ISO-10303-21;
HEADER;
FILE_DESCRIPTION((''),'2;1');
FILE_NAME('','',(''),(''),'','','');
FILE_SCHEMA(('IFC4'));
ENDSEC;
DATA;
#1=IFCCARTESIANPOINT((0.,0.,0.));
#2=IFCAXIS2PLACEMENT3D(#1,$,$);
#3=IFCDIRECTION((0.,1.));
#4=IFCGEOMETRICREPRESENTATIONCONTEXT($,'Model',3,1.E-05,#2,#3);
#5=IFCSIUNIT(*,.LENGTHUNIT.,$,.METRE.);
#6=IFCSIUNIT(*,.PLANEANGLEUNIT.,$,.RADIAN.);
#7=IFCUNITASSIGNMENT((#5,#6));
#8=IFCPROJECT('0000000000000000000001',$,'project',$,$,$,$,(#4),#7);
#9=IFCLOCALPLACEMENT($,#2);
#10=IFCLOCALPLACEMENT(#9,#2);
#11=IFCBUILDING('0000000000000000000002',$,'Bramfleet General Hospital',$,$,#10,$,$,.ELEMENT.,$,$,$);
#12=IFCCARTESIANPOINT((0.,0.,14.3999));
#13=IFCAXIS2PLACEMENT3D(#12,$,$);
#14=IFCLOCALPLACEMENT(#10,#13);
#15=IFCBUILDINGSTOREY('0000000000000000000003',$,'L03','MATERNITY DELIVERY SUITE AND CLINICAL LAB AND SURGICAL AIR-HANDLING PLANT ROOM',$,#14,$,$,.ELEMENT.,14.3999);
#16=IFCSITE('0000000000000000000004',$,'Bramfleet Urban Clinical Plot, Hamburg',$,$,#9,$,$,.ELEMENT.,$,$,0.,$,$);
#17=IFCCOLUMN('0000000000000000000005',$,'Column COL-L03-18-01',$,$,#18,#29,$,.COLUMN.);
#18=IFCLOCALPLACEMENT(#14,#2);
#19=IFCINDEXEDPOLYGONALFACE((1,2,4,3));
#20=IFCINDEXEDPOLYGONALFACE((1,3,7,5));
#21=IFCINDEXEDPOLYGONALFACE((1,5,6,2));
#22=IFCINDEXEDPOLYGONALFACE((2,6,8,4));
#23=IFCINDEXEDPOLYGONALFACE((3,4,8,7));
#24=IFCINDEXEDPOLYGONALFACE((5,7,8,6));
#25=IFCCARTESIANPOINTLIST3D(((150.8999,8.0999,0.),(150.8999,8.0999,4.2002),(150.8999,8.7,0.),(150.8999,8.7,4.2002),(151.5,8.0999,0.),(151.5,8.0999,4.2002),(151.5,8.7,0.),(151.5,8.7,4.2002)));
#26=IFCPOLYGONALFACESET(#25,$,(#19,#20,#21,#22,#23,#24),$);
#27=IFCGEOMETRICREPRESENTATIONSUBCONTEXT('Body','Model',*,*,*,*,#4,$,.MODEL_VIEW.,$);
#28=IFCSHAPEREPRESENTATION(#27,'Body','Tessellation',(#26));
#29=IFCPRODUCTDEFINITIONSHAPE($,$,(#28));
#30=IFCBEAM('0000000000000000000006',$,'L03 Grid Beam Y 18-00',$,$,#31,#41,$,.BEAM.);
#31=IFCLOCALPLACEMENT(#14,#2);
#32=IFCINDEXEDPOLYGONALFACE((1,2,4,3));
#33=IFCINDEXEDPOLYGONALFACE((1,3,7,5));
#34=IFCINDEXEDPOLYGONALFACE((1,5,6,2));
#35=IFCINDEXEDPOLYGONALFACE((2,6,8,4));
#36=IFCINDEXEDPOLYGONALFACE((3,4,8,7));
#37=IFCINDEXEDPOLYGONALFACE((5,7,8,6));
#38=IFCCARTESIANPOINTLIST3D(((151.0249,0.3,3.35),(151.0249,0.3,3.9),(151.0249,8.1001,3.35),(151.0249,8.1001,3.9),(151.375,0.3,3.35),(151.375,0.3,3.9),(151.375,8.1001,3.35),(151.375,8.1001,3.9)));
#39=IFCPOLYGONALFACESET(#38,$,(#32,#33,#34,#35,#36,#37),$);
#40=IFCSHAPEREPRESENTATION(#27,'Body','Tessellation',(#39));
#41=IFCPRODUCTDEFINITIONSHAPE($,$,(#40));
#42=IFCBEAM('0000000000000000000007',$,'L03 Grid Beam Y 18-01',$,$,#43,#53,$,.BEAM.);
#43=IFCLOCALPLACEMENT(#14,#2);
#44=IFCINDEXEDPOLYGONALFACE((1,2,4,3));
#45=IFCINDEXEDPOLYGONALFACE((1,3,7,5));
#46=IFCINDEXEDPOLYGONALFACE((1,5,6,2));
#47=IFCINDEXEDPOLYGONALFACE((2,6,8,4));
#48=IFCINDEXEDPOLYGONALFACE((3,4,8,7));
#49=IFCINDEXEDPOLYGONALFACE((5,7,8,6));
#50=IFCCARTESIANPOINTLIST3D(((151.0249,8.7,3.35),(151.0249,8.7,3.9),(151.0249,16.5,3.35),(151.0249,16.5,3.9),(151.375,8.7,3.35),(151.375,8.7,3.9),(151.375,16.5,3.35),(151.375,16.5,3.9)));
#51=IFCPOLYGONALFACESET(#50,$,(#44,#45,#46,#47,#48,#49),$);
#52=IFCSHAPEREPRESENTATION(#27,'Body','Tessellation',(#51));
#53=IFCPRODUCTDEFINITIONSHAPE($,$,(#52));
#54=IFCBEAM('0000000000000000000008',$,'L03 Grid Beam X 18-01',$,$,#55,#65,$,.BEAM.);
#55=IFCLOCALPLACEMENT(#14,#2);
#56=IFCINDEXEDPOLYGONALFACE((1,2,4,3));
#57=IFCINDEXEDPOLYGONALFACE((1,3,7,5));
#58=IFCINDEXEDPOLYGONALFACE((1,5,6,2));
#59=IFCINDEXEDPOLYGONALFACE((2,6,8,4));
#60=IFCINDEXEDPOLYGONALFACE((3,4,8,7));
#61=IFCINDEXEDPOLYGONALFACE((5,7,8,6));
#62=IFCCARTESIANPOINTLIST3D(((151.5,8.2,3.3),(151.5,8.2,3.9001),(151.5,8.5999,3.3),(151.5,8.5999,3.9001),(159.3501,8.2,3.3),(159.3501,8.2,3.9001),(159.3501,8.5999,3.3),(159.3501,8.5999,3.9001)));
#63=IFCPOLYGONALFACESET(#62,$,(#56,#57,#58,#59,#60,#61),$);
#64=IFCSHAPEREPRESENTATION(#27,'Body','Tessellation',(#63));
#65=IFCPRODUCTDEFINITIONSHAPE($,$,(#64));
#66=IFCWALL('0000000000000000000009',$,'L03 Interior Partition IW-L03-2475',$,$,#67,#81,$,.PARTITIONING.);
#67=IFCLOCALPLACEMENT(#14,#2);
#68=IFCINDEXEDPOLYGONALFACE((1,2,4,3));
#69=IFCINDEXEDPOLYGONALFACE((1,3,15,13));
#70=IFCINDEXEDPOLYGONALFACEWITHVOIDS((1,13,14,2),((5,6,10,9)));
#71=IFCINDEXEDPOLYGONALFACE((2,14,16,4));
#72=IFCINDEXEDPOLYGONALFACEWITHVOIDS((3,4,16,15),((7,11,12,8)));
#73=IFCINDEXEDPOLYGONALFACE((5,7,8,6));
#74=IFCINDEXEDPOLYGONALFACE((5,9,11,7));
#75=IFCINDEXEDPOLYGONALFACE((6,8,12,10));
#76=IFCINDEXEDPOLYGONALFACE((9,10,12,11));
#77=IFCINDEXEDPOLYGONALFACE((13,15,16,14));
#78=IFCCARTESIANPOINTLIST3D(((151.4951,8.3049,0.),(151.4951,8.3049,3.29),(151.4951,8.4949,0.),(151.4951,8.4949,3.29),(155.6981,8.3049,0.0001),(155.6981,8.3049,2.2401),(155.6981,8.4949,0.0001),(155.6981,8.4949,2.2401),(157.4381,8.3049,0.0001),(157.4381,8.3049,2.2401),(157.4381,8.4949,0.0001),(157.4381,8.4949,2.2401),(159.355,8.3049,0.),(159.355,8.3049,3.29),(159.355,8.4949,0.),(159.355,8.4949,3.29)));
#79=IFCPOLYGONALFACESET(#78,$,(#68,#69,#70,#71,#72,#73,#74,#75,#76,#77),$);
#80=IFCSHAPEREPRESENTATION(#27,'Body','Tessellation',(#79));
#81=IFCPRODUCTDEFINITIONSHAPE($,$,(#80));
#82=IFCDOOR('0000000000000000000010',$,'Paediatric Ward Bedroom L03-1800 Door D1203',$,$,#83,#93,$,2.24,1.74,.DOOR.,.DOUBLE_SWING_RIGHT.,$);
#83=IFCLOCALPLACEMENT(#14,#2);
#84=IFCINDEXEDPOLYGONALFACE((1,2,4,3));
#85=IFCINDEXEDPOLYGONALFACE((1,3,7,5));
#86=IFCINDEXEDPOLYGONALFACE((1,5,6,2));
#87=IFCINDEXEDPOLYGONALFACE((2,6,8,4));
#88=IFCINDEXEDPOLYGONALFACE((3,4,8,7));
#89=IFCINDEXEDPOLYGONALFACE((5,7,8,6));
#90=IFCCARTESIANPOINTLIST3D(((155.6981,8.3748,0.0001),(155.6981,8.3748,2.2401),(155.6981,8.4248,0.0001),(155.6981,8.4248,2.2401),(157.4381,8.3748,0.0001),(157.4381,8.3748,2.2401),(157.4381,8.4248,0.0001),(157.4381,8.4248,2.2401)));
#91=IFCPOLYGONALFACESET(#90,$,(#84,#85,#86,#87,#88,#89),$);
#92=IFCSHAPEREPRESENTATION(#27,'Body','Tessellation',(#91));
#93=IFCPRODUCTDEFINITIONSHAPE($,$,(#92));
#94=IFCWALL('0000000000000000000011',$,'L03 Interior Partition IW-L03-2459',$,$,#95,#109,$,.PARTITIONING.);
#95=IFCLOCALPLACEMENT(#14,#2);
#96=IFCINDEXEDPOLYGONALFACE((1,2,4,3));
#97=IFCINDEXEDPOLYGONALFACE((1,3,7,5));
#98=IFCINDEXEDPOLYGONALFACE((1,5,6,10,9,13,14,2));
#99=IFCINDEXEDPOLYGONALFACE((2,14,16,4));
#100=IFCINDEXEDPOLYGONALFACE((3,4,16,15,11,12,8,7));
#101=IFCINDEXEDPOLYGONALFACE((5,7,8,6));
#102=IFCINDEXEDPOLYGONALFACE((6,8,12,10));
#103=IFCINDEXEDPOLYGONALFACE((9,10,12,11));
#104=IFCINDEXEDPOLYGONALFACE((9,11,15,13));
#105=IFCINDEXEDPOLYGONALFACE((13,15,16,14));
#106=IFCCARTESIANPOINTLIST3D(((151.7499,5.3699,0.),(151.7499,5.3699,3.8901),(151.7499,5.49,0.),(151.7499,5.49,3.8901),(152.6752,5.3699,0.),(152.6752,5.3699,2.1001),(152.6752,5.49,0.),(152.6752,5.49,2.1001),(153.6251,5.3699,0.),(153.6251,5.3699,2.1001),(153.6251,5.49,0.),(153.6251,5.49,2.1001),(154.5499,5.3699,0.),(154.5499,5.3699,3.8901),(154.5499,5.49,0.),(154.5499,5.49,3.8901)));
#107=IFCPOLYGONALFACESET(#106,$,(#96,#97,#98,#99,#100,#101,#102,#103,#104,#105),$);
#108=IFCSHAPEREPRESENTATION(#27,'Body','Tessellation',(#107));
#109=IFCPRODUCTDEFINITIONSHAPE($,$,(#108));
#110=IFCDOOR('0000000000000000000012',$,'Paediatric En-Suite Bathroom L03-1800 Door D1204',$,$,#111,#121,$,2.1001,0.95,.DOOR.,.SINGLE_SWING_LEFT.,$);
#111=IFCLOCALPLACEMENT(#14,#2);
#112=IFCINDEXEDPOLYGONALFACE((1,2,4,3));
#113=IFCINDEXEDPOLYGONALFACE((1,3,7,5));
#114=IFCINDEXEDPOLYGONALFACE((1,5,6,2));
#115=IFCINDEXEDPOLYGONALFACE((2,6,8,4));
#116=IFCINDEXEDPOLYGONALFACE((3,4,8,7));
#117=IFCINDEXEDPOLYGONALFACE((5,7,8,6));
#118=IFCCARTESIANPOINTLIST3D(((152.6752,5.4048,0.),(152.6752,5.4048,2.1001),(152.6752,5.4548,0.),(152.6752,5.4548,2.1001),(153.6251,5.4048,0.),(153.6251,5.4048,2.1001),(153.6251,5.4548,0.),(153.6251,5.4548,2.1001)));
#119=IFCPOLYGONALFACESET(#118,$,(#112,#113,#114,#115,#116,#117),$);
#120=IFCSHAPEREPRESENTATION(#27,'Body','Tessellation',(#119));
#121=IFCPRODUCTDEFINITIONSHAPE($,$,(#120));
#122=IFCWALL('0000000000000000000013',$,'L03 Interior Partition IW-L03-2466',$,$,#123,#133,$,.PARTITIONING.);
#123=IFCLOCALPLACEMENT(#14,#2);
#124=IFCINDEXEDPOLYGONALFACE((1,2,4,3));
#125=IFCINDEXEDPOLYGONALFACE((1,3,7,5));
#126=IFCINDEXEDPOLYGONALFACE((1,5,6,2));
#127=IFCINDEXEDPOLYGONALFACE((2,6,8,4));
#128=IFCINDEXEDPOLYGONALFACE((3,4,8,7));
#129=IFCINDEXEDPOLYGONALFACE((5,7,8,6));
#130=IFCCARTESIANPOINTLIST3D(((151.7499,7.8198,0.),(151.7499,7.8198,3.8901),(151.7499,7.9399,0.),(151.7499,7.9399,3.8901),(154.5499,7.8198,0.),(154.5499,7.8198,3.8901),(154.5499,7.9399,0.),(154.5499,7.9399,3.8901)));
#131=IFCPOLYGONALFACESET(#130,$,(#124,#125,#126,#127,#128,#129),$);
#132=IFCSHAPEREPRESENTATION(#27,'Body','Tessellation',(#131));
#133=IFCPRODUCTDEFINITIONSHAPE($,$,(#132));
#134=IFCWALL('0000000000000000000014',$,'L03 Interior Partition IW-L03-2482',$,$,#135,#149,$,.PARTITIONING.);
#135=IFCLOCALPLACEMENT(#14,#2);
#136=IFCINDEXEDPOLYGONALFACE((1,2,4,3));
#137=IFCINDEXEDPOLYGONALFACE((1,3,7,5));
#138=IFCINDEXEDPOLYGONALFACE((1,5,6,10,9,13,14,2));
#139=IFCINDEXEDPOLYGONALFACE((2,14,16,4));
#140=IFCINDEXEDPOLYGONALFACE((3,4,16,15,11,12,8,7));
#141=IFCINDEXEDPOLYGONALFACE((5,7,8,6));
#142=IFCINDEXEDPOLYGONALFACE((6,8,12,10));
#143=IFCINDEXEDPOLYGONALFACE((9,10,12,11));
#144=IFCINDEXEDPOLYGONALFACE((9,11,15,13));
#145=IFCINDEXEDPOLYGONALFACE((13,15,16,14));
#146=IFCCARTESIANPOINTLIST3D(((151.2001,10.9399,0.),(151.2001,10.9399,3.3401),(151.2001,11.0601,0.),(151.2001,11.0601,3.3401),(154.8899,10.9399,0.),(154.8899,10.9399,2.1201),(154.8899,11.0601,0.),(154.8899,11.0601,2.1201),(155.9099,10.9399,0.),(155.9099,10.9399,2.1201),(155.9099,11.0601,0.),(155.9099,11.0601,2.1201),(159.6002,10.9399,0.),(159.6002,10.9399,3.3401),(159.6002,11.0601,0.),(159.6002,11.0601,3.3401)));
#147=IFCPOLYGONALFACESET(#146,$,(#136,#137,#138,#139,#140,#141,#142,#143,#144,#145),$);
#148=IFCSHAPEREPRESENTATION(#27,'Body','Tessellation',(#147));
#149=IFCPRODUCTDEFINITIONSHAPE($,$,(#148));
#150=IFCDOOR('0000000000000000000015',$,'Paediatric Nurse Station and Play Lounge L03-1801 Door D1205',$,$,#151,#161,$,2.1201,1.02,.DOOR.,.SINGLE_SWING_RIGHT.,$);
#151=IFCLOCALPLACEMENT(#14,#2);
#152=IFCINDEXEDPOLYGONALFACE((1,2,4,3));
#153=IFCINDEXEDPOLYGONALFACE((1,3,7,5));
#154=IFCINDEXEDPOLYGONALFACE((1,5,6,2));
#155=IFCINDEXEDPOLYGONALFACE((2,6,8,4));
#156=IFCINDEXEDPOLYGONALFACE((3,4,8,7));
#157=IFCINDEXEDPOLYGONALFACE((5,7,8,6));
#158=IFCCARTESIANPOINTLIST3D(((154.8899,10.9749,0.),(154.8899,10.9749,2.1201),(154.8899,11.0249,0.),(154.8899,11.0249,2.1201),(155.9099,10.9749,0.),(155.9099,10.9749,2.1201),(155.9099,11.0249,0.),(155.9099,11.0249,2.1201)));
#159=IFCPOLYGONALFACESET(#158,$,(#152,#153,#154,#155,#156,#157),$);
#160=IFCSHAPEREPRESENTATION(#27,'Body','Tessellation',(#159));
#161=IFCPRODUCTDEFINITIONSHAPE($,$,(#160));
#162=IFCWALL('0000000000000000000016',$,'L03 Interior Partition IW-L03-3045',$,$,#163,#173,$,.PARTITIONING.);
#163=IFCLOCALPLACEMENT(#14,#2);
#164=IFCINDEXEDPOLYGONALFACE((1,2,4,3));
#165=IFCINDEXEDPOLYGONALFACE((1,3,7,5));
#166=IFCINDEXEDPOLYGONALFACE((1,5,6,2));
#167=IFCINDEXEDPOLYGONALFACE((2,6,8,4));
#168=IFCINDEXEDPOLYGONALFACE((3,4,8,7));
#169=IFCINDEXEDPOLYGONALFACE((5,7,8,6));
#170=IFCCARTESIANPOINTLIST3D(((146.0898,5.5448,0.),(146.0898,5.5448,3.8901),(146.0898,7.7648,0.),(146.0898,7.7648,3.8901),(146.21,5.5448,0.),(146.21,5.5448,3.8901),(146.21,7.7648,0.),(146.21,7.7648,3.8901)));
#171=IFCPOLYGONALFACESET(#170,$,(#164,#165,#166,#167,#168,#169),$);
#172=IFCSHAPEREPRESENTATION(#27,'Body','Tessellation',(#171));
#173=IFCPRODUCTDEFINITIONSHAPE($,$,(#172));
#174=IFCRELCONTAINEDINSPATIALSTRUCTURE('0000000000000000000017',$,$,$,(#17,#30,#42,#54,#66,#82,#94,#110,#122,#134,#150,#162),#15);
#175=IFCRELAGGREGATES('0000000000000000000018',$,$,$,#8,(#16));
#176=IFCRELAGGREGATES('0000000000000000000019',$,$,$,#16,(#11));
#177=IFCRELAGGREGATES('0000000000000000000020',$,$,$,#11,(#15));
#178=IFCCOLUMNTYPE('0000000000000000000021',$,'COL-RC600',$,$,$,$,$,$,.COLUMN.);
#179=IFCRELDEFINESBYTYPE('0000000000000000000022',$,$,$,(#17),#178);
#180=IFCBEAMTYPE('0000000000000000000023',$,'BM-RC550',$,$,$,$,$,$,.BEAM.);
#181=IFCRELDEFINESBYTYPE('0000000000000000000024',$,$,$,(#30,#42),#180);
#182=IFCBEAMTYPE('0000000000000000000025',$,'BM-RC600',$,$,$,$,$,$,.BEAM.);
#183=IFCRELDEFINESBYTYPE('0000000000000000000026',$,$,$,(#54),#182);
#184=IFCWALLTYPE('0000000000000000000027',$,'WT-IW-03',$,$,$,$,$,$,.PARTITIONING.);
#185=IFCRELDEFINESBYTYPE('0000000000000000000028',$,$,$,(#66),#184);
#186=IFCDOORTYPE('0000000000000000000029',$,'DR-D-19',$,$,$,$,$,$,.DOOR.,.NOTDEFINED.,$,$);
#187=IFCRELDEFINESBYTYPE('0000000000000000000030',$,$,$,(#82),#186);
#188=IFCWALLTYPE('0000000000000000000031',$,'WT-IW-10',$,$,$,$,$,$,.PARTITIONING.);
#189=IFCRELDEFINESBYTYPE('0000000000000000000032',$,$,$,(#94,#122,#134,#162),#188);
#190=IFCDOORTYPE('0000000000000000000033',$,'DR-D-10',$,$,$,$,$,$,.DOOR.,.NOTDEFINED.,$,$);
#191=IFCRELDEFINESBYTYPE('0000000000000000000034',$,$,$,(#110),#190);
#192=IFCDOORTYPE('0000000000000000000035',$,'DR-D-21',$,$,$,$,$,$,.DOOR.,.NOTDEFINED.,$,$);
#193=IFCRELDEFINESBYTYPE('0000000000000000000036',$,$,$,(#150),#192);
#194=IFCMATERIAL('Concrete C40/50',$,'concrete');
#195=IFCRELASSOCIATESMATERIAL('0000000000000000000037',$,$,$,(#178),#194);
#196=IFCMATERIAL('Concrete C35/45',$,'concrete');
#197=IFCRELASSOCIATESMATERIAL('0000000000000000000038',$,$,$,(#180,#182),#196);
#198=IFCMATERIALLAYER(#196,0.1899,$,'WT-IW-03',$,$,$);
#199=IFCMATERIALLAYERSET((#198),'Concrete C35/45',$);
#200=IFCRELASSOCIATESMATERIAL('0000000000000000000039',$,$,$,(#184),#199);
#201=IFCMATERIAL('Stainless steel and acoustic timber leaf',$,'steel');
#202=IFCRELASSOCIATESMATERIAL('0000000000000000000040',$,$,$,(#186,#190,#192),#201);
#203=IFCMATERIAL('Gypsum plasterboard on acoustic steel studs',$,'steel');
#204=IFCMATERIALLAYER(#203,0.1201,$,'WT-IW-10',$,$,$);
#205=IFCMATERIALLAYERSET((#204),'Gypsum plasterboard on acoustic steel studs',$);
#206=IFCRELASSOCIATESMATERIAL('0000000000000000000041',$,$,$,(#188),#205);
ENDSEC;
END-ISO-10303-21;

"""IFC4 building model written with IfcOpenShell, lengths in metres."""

from ifc_helpers import new_model, si_unit, direction, frame, frame_2d, origin, origin_2d, place, context, subcontext, project, spatial, rectangle, extrude, material, layer, layer_set, material_profile, profile_set, type_object, element, fill, save


model = new_model("IFC4")

# Units and contexts
model_context = context("Model", 3, precision=1e-05, world=origin(), true_north=direction((0.0, 1.0)))
body_context = subcontext(model_context, "Body", "Model", "MODEL_VIEW")
ifc_project = project(units=[si_unit("LENGTHUNIT", "METRE"), si_unit("PLANEANGLEUNIT", "RADIAN")], contexts=[model_context])

# Site, building, storey
site_placement = place(None, origin())
site = spatial("IfcSite", under=ifc_project, at=site_placement, Name="Bramfleet Urban Clinical Plot, Hamburg", CompositionType="ELEMENT", RefElevation=0.0)
building_placement = place(site_placement, origin())
building = spatial("IfcBuilding", under=site, at=building_placement, Name="Bramfleet General Hospital", CompositionType="ELEMENT")
storey_placement = place(building_placement, frame((0.0, 0.0, 14.3999)))
storey = spatial("IfcBuildingStorey", under=building, at=storey_placement, Name="L03", Description="MATERNITY DELIVERY SUITE AND CLINICAL LAB AND SURGICAL AIR-HANDLING PLANT ROOM", CompositionType="ELEMENT", Elevation=14.3999)

# Column
ifc_material_1 = material(Name="Concrete C40/50", Category="concrete")
ifc_material_profile_1 = material_profile(ifc_material_1, rectangle(XDim=0.6001, YDim=0.6001, at=origin_2d()), Name="RC COL 600x600")
ifc_profile_set_1 = profile_set([ifc_material_profile_1], Name="Concrete C40/50")
column_type = type_object("IfcColumnType", Name="COL-RC600", PredefinedType="COLUMN", material=ifc_profile_set_1)
column_placement = place(storey_placement, frame((151.2, 8.3999, 0.0), z_axis=(0.0, 0.0, 1.0), x_axis=(1.0, 0.0, 0.0)))
element("IfcColumn", 1, at=column_placement, inside=storey, type_object=column_type, Name="Column COL-L03-18-01", PredefinedType="COLUMN", context=body_context, shape_type="SweptSolid", body=[
    extrude(rectangle(XDim=0.6001, YDim=0.6001, at=origin_2d()), origin(), (0.0, 0.0, 1.0), 4.2002),
])

# Beams
ifc_material_2 = material(Name="Concrete C35/45", Category="concrete")
ifc_material_profile_2 = material_profile(ifc_material_2, rectangle(XDim=0.3501, YDim=0.55, at=origin_2d()), Name="RC BM 550x350")
ifc_profile_set_2 = profile_set([ifc_material_profile_2], Name="Concrete C35/45")
beam_type_1 = type_object("IfcBeamType", Name="BM-RC550", PredefinedType="BEAM", material=ifc_profile_set_2)
for number, where, z_axis, x_axis, name in (
    (2, (151.2, 0.3, 3.625), (0.0, 1.0, 0.0), (-1.0, 0.0, 0.0), "L03 Grid Beam Y 18-00"),
    (3, (151.2, 8.7, 3.625), (0.0, 1.0, 0.0), (-1.0, 0.0, 0.0), "L03 Grid Beam Y 18-01"),
):
    element("IfcBeam", number, at=place(storey_placement, frame(where, z_axis=z_axis, x_axis=x_axis)), inside=storey, type_object=beam_type_1, Name=name, PredefinedType="BEAM", context=body_context, shape_type="SweptSolid", body=[
        extrude(rectangle(XDim=0.3501, YDim=0.55, at=origin_2d()), origin(), (0.0, 0.0, 1.0), 7.8),
    ])
ifc_material_profile_3 = material_profile(ifc_material_2, rectangle(XDim=0.3999, YDim=0.6001, at=origin_2d()), Name="RC BM 600x400")
ifc_profile_set_3 = profile_set([ifc_material_profile_3], Name="Concrete C35/45")
beam_type_2 = type_object("IfcBeamType", Name="BM-RC600", PredefinedType="BEAM", material=ifc_profile_set_3)
beam_placement = place(storey_placement, frame((151.5, 8.3999, 3.6001), z_axis=(1.0, 0.0, 0.0), x_axis=(0.0, 1.0, 0.0)))
element("IfcBeam", 4, at=beam_placement, inside=storey, type_object=beam_type_2, Name="L03 Grid Beam X 18-01", PredefinedType="BEAM", context=body_context, shape_type="SweptSolid", body=[
    extrude(rectangle(XDim=0.3999, YDim=0.6001, at=origin_2d()), origin(), (0.0, 0.0, 1.0), 7.8501),
])

# Walls, openings, doors
ifc_layer_1 = layer(ifc_material_2, 0.1899, Name="WT-IW-03")
ifc_layer_set_1 = layer_set([ifc_layer_1], Name="Concrete C35/45")
wall_type_1 = type_object("IfcWallType", Name="WT-IW-03", PredefinedType="PARTITIONING", material=ifc_layer_set_1)
wall_1_placement = place(storey_placement, frame((151.4951, 8.3999, 0.0), z_axis=(0.0, 0.0, 1.0), x_axis=(1.0, 0.0, 0.0)))
wall_1 = element("IfcWall", 5, at=wall_1_placement, inside=storey, type_object=wall_type_1, Name="L03 Interior Partition IW-L03-2475", PredefinedType="PARTITIONING", context=body_context, shape_type="SweptSolid", body=[
    extrude(rectangle(XDim=7.8599, YDim=0.1899, at=frame_2d((3.9299, 0.0))), origin(), (0.0, 0.0, 1.0), 3.29),
])
opening_1_placement = place(wall_1_placement, frame((4.2029, 0.0, 0.0)))
opening_1 = element("IfcOpeningElement", 6, at=opening_1_placement, cuts=wall_1, PredefinedType="OPENING", context=body_context, shape_type="SweptSolid", body=[
    extrude(rectangle(XDim=1.74, YDim=2.24, at=frame_2d((0.8701, 1.1201))), frame((0.0, 0.105, 0.0), z_axis=(0.0, -1.0, 0.0), x_axis=(1.0, 0.0, 0.0)), (0.0, 0.0, 1.0), 0.21),
])
ifc_material_3 = material(Name="Stainless steel and acoustic timber leaf", Category="steel")
door_type_1 = type_object("IfcDoorType", Name="DR-D-19", OperationType="NOTDEFINED", PredefinedType="DOOR", material=ifc_material_3)
door_1_placement = place(opening_1_placement, origin())
door_1 = element("IfcDoor", 7, at=door_1_placement, inside=storey, type_object=door_type_1, Name="Paediatric Ward Bedroom L03-1800 Door D1203", OperationType="DOUBLE_SWING_RIGHT", OverallHeight=2.24, OverallWidth=1.74, PredefinedType="DOOR", context=body_context, shape_type="SweptSolid", body=[
    extrude(rectangle(XDim=1.74, YDim=2.24, at=frame_2d((0.8701, 1.1201))), frame((0.0, 0.0249, 0.0), z_axis=(0.0, -1.0, 0.0), x_axis=(1.0, 0.0, 0.0)), (0.0, 0.0, 1.0), 0.05),
])
fill(opening_1, door_1)
ifc_material_4 = material(Name="Gypsum plasterboard on acoustic steel studs", Category="steel")
ifc_layer_2 = layer(ifc_material_4, 0.1201, Name="WT-IW-10")
ifc_layer_set_2 = layer_set([ifc_layer_2], Name="Gypsum plasterboard on acoustic steel studs")
wall_type_2 = type_object("IfcWallType", Name="WT-IW-10", PredefinedType="PARTITIONING", material=ifc_layer_set_2)
wall_2_placement = place(storey_placement, frame((151.75, 5.4299, 0.0), z_axis=(0.0, 0.0, 1.0), x_axis=(1.0, 0.0, 0.0)))
wall_2 = element("IfcWall", 8, at=wall_2_placement, inside=storey, type_object=wall_type_2, Name="L03 Interior Partition IW-L03-2459", PredefinedType="PARTITIONING", context=body_context, shape_type="SweptSolid", body=[
    extrude(rectangle(XDim=2.8, YDim=0.1201, at=frame_2d((1.3999, 0.0))), origin(), (0.0, 0.0, 1.0), 3.8901),
])
opening_2_placement = place(wall_2_placement, frame((0.925, 0.0, 0.0)))
opening_2 = element("IfcOpeningElement", 9, at=opening_2_placement, cuts=wall_2, PredefinedType="OPENING", context=body_context, shape_type="SweptSolid", body=[
    extrude(rectangle(XDim=0.95, YDim=2.1001, at=frame_2d((0.4751, 1.05))), frame((0.0, 0.0701, 0.0), z_axis=(0.0, -1.0, 0.0), x_axis=(1.0, 0.0, 0.0)), (0.0, 0.0, 1.0), 0.1401),
])
door_type_2 = type_object("IfcDoorType", Name="DR-D-10", OperationType="NOTDEFINED", PredefinedType="DOOR", material=ifc_material_3)
door_2_placement = place(opening_2_placement, origin())
door_2 = element("IfcDoor", 10, at=door_2_placement, inside=storey, type_object=door_type_2, Name="Paediatric En-Suite Bathroom L03-1800 Door D1204", OperationType="SINGLE_SWING_LEFT", OverallHeight=2.1001, OverallWidth=0.95, PredefinedType="DOOR", context=body_context, shape_type="SweptSolid", body=[
    extrude(rectangle(XDim=0.95, YDim=2.1001, at=frame_2d((0.4751, 1.05))), frame((0.0, 0.0249, 0.0), z_axis=(0.0, -1.0, 0.0), x_axis=(1.0, 0.0, 0.0)), (0.0, 0.0, 1.0), 0.05),
])
fill(opening_2, door_2)

# Wall
wall_3_placement = place(storey_placement, frame((151.75, 7.8799, 0.0), z_axis=(0.0, 0.0, 1.0), x_axis=(1.0, 0.0, 0.0)))
element("IfcWall", 11, at=wall_3_placement, inside=storey, type_object=wall_type_2, Name="L03 Interior Partition IW-L03-2466", PredefinedType="PARTITIONING", context=body_context, shape_type="SweptSolid", body=[
    extrude(rectangle(XDim=2.8, YDim=0.1201, at=frame_2d((1.3999, 0.0))), origin(), (0.0, 0.0, 1.0), 3.8901),
])

# Wall, opening, door
wall_4_placement = place(storey_placement, frame((151.2, 11.0, 0.0), z_axis=(0.0, 0.0, 1.0), x_axis=(1.0, 0.0, 0.0)))
wall_4 = element("IfcWall", 12, at=wall_4_placement, inside=storey, type_object=wall_type_2, Name="L03 Interior Partition IW-L03-2482", PredefinedType="PARTITIONING", context=body_context, shape_type="SweptSolid", body=[
    extrude(rectangle(XDim=8.4001, YDim=0.1201, at=frame_2d((4.2002, 0.0))), origin(), (0.0, 0.0, 1.0), 3.3401),
])
opening_3_placement = place(wall_4_placement, frame((3.6899, 0.0, 0.0)))
opening_3 = element("IfcOpeningElement", 13, at=opening_3_placement, cuts=wall_4, PredefinedType="OPENING", context=body_context, shape_type="SweptSolid", body=[
    extrude(rectangle(XDim=1.02, YDim=2.1201, at=frame_2d((0.51, 1.0601))), frame((0.0, 0.0701, 0.0), z_axis=(0.0, -1.0, 0.0), x_axis=(1.0, 0.0, 0.0)), (0.0, 0.0, 1.0), 0.1401),
])
door_type_3 = type_object("IfcDoorType", Name="DR-D-21", OperationType="NOTDEFINED", PredefinedType="DOOR", material=ifc_material_3)
door_3_placement = place(opening_3_placement, origin())
door_3 = element("IfcDoor", 14, at=door_3_placement, inside=storey, type_object=door_type_3, Name="Paediatric Nurse Station and Play Lounge L03-1801 Door D1205", OperationType="SINGLE_SWING_RIGHT", OverallHeight=2.1201, OverallWidth=1.02, PredefinedType="DOOR", context=body_context, shape_type="SweptSolid", body=[
    extrude(rectangle(XDim=1.02, YDim=2.1201, at=frame_2d((0.51, 1.0601))), frame((0.0, 0.0249, 0.0), z_axis=(0.0, -1.0, 0.0), x_axis=(1.0, 0.0, 0.0)), (0.0, 0.0, 1.0), 0.05),
])
fill(opening_3, door_3)

# Wall
for number, where, z_axis, x_axis, name in (
    (15, (146.1499, 5.5449, 0.0), (0.0, 0.0, 1.0), (0.0, 1.0, 0.0), "L03 Interior Partition IW-L03-3045"),
):
    element("IfcWall", number, at=place(storey_placement, frame(where, z_axis=z_axis, x_axis=x_axis)), inside=storey, type_object=wall_type_2, Name=name, PredefinedType="PARTITIONING", context=body_context, shape_type="SweptSolid", body=[
        extrude(rectangle(XDim=2.22, YDim=0.1201, at=frame_2d((1.1099, 0.0))), origin(), (0.0, 0.0, 1.0), 3.8901),
    ])

save(model, "model.ifc")
